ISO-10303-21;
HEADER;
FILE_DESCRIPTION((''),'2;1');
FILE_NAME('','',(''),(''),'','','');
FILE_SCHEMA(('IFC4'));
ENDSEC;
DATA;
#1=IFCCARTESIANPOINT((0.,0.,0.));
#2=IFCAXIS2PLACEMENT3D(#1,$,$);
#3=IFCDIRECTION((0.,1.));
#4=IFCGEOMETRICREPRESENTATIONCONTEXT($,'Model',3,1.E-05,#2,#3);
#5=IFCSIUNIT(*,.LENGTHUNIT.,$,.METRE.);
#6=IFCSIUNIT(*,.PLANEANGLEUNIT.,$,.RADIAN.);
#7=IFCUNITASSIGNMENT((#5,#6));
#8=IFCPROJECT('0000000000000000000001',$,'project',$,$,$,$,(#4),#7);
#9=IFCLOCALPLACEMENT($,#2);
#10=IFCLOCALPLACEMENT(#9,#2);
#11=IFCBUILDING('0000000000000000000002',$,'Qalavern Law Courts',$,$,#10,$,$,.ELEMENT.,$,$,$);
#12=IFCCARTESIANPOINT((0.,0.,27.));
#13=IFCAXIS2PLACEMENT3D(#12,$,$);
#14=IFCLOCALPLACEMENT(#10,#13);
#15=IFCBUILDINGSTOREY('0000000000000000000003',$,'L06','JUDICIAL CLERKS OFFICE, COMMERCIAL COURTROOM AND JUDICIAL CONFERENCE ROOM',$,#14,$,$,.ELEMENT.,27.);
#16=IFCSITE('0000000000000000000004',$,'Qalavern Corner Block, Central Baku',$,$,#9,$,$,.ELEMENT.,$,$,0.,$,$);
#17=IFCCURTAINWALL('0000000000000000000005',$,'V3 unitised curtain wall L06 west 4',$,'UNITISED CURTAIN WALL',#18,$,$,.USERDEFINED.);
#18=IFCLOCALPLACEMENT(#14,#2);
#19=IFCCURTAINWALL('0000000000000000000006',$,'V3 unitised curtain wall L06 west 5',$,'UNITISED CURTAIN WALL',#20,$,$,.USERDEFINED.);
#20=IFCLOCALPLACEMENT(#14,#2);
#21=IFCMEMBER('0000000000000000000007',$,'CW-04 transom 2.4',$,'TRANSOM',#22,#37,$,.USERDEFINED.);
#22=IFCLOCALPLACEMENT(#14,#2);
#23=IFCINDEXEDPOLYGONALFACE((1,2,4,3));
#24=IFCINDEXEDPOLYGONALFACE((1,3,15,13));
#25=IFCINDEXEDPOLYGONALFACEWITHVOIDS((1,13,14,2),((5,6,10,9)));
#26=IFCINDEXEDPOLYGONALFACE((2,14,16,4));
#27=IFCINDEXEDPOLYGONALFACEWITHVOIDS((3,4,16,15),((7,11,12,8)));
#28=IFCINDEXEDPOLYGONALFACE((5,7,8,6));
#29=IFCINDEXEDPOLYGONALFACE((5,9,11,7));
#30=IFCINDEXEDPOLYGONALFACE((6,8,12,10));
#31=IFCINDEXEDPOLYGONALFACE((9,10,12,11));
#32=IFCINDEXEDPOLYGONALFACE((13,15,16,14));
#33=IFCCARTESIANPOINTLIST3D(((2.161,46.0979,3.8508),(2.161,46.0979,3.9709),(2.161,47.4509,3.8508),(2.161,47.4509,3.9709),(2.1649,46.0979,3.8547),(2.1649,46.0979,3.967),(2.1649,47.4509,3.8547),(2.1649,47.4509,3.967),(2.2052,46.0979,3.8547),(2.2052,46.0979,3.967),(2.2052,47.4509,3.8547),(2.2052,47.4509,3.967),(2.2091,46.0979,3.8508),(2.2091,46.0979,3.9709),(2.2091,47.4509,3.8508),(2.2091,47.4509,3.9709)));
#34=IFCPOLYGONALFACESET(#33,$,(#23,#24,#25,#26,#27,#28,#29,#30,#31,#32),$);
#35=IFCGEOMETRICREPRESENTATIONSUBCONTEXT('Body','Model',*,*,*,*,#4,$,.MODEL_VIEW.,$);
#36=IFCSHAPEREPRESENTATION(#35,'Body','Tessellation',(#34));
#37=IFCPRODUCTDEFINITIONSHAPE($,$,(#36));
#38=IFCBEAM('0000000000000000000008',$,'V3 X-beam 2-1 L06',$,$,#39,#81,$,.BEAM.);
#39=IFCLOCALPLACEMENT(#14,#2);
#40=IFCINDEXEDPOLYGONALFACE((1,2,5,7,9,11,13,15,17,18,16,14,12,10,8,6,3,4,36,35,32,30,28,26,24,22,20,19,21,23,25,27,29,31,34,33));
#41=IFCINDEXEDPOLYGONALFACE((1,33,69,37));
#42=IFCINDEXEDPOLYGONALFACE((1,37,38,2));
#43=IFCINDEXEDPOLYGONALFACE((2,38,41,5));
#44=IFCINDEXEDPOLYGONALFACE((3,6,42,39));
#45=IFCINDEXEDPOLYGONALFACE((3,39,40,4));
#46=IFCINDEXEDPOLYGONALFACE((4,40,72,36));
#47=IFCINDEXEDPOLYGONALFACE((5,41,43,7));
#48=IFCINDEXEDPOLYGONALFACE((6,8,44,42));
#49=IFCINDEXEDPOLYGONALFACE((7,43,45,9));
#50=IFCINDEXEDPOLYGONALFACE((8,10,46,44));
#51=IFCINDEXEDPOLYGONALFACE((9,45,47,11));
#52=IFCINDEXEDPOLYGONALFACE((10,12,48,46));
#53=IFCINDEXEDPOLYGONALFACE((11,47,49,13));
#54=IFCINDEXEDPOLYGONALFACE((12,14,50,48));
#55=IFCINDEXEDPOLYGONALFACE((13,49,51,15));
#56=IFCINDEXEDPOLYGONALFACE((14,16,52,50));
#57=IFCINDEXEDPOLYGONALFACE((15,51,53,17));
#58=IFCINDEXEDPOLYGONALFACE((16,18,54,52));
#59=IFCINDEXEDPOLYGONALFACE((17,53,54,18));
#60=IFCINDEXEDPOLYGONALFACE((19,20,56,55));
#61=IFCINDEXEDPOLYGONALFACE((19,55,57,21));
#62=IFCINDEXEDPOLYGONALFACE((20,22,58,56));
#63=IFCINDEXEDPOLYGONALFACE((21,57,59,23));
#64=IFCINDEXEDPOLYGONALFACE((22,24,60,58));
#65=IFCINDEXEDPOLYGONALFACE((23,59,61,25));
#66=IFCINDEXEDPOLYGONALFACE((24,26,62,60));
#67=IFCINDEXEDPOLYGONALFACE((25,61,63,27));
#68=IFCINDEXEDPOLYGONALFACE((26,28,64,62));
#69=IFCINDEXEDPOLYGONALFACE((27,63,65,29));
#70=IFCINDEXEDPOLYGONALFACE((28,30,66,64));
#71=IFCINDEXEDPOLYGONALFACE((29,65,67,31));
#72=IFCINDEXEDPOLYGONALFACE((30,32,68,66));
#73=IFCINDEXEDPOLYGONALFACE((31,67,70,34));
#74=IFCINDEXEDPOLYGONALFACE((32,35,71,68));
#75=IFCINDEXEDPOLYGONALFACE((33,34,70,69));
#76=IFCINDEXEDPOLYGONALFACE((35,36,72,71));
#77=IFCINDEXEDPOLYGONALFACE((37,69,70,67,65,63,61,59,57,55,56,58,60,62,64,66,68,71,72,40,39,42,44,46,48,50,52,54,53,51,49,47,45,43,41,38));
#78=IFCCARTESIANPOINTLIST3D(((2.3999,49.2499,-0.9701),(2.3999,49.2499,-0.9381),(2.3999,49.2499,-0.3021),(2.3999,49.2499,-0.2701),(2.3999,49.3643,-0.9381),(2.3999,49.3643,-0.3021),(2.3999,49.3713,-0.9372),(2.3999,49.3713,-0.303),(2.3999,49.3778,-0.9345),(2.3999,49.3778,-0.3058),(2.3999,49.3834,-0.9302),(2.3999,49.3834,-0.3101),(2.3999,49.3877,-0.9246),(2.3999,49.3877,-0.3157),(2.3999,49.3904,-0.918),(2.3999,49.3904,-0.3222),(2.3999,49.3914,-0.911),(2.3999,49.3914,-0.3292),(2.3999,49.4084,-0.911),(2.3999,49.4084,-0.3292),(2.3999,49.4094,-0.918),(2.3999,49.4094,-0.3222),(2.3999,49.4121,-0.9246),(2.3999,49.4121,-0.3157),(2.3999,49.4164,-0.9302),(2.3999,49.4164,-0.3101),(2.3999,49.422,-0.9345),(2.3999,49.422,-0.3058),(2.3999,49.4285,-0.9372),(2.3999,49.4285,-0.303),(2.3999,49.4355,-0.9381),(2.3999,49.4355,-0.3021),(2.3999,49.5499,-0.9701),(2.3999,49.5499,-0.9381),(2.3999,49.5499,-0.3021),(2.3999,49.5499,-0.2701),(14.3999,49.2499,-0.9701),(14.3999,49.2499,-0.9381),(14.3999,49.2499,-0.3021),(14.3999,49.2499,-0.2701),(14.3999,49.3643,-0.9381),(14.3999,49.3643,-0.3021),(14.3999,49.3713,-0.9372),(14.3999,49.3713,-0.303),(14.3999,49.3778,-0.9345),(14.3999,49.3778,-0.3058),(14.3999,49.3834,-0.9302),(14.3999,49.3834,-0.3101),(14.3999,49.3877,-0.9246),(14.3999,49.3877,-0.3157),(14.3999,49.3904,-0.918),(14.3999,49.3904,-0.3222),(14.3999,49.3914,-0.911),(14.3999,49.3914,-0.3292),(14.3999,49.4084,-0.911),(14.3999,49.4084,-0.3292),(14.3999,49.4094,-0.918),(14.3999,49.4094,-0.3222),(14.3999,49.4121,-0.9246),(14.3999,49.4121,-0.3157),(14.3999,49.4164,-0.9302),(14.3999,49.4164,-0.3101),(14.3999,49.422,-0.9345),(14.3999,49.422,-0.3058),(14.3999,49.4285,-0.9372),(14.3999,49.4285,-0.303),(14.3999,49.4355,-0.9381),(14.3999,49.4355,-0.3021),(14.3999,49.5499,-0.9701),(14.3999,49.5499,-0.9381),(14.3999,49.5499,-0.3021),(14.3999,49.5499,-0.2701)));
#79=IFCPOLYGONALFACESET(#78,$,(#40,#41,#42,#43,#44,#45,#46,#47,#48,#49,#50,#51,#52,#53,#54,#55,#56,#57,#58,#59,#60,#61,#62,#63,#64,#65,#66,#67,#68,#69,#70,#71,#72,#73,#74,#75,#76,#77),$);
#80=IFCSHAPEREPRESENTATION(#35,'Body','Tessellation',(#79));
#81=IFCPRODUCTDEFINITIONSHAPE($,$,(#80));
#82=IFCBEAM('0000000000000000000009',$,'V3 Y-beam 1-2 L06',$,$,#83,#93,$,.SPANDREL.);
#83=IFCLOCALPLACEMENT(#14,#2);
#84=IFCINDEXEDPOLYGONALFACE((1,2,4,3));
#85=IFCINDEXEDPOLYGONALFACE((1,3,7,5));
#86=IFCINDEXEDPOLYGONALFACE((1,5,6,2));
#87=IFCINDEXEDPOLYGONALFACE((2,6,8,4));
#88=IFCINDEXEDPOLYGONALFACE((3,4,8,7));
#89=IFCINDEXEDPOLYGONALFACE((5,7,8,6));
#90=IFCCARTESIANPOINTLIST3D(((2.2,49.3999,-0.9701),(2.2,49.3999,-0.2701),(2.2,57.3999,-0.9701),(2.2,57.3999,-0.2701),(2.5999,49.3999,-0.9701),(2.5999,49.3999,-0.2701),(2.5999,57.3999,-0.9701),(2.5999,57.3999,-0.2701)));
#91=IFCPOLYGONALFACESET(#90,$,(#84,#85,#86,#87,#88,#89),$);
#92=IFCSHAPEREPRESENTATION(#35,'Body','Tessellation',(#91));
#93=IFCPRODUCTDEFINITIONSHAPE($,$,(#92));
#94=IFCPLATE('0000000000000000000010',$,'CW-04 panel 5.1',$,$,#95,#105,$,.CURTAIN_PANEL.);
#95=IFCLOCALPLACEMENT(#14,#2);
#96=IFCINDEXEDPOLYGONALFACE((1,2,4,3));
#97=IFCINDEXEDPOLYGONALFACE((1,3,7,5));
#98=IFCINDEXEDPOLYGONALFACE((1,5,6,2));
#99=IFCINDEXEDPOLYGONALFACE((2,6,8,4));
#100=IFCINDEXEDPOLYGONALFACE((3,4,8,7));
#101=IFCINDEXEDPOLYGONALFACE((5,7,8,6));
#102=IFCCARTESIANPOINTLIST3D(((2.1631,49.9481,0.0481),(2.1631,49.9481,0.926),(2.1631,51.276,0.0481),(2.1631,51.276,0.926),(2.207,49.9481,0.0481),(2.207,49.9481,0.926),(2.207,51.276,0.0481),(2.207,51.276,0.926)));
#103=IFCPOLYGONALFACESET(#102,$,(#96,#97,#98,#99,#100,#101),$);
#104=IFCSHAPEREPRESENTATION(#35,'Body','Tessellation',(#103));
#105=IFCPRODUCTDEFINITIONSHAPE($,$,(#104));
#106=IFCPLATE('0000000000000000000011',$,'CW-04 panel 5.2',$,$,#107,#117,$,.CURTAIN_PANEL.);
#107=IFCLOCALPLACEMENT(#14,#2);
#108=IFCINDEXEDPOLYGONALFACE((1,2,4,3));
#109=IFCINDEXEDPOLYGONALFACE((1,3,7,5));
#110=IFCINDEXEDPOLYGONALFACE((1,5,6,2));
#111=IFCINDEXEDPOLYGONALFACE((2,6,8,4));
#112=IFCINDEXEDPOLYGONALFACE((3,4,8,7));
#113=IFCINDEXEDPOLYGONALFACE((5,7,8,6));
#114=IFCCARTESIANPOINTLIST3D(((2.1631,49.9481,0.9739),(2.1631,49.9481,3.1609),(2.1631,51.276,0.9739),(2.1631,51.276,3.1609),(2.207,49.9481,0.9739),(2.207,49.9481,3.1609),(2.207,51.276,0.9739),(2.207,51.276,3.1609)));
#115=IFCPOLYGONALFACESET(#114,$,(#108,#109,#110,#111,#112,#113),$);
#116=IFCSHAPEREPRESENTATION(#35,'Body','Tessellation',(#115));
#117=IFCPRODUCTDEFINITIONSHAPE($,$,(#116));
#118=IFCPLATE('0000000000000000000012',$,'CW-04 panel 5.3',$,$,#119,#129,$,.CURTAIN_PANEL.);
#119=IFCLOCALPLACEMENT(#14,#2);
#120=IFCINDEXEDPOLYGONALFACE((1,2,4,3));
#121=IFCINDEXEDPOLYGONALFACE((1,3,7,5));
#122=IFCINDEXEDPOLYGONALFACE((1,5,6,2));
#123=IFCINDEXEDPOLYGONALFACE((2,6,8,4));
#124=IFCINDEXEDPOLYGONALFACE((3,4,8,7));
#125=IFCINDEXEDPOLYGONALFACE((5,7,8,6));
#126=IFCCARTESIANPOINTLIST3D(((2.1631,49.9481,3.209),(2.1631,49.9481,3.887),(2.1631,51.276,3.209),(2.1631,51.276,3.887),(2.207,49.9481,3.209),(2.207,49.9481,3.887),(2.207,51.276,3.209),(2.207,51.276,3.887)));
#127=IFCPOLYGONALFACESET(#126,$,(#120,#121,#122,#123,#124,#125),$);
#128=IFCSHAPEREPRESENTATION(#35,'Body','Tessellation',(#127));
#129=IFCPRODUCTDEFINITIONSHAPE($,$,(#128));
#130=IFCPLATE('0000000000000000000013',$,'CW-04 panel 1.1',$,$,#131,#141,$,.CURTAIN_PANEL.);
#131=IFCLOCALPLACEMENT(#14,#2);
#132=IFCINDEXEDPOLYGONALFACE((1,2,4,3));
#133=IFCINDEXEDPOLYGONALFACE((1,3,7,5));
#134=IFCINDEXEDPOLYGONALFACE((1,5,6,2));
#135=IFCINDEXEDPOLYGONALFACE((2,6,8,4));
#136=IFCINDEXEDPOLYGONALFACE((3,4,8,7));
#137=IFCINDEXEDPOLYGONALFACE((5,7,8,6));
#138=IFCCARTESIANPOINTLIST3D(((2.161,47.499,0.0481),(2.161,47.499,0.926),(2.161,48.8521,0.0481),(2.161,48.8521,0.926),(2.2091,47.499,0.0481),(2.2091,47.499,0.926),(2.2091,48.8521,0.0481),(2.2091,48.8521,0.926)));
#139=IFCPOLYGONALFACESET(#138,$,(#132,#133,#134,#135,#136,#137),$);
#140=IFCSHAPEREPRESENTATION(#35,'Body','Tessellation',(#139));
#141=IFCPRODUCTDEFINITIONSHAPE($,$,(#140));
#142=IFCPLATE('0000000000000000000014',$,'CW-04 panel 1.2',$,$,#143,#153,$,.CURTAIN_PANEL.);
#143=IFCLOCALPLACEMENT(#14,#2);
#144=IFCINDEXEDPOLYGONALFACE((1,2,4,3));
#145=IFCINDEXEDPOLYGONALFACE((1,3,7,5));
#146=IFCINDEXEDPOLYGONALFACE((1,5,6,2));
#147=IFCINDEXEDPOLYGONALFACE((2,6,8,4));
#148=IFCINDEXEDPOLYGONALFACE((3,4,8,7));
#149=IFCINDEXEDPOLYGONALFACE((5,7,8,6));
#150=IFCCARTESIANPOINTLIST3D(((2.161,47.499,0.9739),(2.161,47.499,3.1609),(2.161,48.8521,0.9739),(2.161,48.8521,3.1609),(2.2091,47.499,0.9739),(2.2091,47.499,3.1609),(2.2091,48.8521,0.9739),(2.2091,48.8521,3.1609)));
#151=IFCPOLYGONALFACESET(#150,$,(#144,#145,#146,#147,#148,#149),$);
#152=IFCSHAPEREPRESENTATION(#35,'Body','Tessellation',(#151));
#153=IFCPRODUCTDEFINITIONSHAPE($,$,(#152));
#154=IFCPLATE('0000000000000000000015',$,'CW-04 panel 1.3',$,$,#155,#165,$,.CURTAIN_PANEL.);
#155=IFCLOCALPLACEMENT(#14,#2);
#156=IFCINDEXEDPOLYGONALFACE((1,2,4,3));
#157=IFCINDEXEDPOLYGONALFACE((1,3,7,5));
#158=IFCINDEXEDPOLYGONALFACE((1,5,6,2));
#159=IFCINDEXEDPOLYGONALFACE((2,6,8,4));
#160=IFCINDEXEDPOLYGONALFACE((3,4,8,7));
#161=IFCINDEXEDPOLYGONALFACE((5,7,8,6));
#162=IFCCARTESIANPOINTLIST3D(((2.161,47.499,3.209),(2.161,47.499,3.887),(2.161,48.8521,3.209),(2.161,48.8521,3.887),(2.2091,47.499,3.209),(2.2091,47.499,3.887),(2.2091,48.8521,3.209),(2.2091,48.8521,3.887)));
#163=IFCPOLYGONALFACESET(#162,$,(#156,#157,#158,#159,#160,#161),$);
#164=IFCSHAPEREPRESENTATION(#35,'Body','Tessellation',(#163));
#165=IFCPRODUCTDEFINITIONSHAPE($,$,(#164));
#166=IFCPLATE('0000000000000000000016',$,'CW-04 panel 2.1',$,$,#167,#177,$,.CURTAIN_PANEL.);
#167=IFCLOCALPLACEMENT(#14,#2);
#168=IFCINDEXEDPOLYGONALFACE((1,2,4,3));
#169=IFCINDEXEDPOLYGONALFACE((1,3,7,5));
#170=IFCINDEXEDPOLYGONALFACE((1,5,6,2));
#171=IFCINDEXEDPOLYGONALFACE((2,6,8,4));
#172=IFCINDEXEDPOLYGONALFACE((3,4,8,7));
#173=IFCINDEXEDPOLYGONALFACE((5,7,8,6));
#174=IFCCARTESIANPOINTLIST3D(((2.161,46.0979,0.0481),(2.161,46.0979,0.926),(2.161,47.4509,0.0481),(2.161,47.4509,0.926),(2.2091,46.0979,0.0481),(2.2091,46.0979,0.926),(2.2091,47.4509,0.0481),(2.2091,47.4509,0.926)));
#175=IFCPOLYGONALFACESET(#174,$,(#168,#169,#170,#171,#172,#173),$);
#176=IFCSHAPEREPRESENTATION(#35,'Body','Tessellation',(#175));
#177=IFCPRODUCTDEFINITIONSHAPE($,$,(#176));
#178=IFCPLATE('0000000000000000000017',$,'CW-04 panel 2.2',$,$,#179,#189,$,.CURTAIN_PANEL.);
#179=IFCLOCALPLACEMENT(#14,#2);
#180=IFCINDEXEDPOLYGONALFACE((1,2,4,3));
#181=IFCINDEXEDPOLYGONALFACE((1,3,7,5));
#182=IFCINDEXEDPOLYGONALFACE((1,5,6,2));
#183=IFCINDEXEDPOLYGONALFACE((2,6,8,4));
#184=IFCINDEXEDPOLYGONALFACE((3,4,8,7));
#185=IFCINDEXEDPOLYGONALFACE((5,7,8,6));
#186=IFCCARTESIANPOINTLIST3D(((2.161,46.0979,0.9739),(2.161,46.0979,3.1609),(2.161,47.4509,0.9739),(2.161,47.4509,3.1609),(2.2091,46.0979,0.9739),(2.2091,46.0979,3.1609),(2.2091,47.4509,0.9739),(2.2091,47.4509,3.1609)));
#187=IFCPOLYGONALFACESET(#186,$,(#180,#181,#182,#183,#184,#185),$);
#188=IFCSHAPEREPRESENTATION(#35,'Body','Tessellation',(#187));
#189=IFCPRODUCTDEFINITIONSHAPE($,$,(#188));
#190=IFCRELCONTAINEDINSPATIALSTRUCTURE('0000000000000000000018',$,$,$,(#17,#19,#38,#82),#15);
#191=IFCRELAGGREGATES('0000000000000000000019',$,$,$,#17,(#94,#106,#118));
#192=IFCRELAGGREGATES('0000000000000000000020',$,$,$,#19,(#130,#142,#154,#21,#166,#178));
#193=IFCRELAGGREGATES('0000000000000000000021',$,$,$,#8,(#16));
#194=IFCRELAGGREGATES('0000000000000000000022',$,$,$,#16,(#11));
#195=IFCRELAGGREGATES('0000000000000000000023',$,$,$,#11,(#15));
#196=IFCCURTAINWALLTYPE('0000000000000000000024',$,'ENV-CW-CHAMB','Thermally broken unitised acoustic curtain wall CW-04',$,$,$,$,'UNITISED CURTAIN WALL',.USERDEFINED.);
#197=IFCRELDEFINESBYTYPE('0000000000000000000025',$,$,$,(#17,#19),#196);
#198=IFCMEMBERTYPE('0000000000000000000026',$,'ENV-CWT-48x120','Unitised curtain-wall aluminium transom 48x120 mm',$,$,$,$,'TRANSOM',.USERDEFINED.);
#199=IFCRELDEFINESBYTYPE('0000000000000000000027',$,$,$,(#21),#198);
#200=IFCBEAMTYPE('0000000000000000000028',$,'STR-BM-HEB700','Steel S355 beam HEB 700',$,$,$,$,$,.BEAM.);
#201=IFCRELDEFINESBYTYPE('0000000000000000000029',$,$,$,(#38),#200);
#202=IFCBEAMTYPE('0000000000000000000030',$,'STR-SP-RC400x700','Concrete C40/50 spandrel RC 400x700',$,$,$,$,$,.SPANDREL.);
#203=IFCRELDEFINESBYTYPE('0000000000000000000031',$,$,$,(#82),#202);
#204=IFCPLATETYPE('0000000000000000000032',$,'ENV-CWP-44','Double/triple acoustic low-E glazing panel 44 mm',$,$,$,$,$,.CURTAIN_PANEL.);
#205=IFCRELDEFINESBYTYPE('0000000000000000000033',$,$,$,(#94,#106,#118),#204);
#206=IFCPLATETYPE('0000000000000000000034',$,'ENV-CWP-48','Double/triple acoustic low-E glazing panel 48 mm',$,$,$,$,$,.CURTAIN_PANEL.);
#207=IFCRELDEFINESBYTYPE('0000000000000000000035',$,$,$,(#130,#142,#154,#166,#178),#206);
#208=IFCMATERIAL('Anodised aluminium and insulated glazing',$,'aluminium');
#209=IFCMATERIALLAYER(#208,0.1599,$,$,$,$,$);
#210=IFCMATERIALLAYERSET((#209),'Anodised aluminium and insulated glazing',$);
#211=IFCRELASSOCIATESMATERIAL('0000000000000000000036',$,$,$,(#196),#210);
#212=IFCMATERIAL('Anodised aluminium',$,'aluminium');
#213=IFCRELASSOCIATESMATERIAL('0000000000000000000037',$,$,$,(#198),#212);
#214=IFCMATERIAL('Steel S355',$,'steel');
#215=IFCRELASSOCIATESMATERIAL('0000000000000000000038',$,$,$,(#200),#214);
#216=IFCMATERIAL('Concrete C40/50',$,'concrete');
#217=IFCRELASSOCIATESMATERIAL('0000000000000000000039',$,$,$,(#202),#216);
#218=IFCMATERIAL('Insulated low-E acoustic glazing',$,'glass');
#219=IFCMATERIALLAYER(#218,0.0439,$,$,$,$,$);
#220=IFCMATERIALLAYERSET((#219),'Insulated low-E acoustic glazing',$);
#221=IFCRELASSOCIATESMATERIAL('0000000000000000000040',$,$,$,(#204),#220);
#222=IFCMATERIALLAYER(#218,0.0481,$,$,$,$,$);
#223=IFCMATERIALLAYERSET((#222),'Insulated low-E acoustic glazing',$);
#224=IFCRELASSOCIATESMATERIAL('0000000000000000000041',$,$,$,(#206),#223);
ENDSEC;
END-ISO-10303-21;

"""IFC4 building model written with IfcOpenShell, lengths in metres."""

from ifc_helpers import new_model, si_unit, direction, frame, origin, origin_2d, place, context, subcontext, project, spatial, rectangle, hollow_rectangle, i_section, extrude, material, layer, layer_set, material_profile, profile_set, type_object, element, aggregate, save


model = new_model("IFC4")

# Units and contexts
model_context = context("Model", 3, precision=1e-05, world=origin(), true_north=direction((0.0, 1.0)))
body_context = subcontext(model_context, "Body", "Model", "MODEL_VIEW")
ifc_project = project(units=[si_unit("LENGTHUNIT", "METRE"), si_unit("PLANEANGLEUNIT", "RADIAN")], contexts=[model_context])

# Site, building, storey
site_placement = place(None, origin())
site = spatial("IfcSite", under=ifc_project, at=site_placement, Name="Qalavern Corner Block, Central Baku", CompositionType="ELEMENT", RefElevation=0.0)
building_placement = place(site_placement, origin())
building = spatial("IfcBuilding", under=site, at=building_placement, Name="Qalavern Law Courts", CompositionType="ELEMENT")
storey_placement = place(building_placement, frame((0.0, 0.0, 27.0)))
storey = spatial("IfcBuildingStorey", under=building, at=storey_placement, Name="L06", Description="JUDICIAL CLERKS OFFICE, COMMERCIAL COURTROOM AND JUDICIAL CONFERENCE ROOM", CompositionType="ELEMENT", Elevation=27.0)

# Curtain wall
ifc_material_1 = material(Name="Anodised aluminium and insulated glazing", Category="aluminium")
ifc_layer_1 = layer(ifc_material_1, 0.1599)
ifc_layer_set_1 = layer_set([ifc_layer_1], Name="Anodised aluminium and insulated glazing")
curtain_wall_type = type_object("IfcCurtainWallType", Name="ENV-CW-CHAMB", Description="Thermally broken unitised acoustic curtain wall CW-04", ElementType="UNITISED CURTAIN WALL", PredefinedType="USERDEFINED", material=ifc_layer_set_1)
curtain_wall_1_placement = place(storey_placement, origin())
curtain_wall_1 = element("IfcCurtainWall", 1, at=curtain_wall_1_placement, inside=storey, type_object=curtain_wall_type, Name="V3 unitised curtain wall L06 west 4", ObjectType="UNITISED CURTAIN WALL", PredefinedType="USERDEFINED")
ifc_material_2 = material(Name="Anodised aluminium", Category="aluminium")

# Curtain wall, member
curtain_wall_2_placement = place(storey_placement, origin())
curtain_wall_2 = element("IfcCurtainWall", 2, at=curtain_wall_2_placement, inside=storey, type_object=curtain_wall_type, Name="V3 unitised curtain wall L06 west 5", ObjectType="UNITISED CURTAIN WALL", PredefinedType="USERDEFINED")
ifc_material_profile_1 = material_profile(ifc_material_2, hollow_rectangle(XDim=0.0481, YDim=0.1201, WallThickness=0.0039, at=origin_2d()), Name="ALU TRANSOM 48x120")
ifc_profile_set_1 = profile_set([ifc_material_profile_1], Name="Anodised aluminium")
member_type_1 = type_object("IfcMemberType", Name="ENV-CWT-48x120", Description="Unitised curtain-wall aluminium transom 48x120 mm", ElementType="TRANSOM", PredefinedType="USERDEFINED", material=ifc_profile_set_1)
member_1_placement = place(storey_placement, frame((2.1851, 47.4509, 3.9109), z_axis=(0.0, -1.0, 0.0), x_axis=(1.0, 0.0, 0.0)))
member_1 = element("IfcMember", 3, at=member_1_placement, type_object=member_type_1, Name="CW-04 transom 2.4", ObjectType="TRANSOM", PredefinedType="USERDEFINED", context=body_context, shape_type="SweptSolid", body=[
    extrude(hollow_rectangle(XDim=0.0481, YDim=0.1201, WallThickness=0.0039, at=origin_2d()), origin(), (0.0, 0.0, 1.0), 1.353),
])

# Beams
ifc_material_3 = material(Name="Steel S355", Category="steel")
ifc_material_profile_2 = material_profile(ifc_material_3, i_section(OverallWidth=0.3, OverallDepth=0.7, WebThickness=0.0171, FlangeThickness=0.032, FilletRadius=0.0271, at=origin_2d()), Name="HEB 700")
ifc_profile_set_2 = profile_set([ifc_material_profile_2], Name="Steel S355")
beam_type_1 = type_object("IfcBeamType", Name="STR-BM-HEB700", Description="Steel S355 beam HEB 700", PredefinedType="BEAM", material=ifc_profile_set_2)
beam_1_placement = place(storey_placement, frame((2.3999, 49.3999, -0.6201), z_axis=(1.0, 0.0, 0.0), x_axis=(0.0, 1.0, 0.0)))
element("IfcBeam", 4, at=beam_1_placement, inside=storey, type_object=beam_type_1, Name="V3 X-beam 2-1 L06", PredefinedType="BEAM", context=body_context, shape_type="SweptSolid", body=[
    extrude(i_section(OverallWidth=0.3, OverallDepth=0.7, WebThickness=0.0171, FlangeThickness=0.032, FilletRadius=0.0271, at=origin_2d()), origin(), (0.0, 0.0, 1.0), 12.0),
])
ifc_material_4 = material(Name="Concrete C40/50", Category="concrete")
ifc_material_profile_3 = material_profile(ifc_material_4, rectangle(XDim=0.3999, YDim=0.7, at=origin_2d()), Name="RC 400x700")
ifc_profile_set_3 = profile_set([ifc_material_profile_3], Name="Concrete C40/50")
beam_type_2 = type_object("IfcBeamType", Name="STR-SP-RC400x700", Description="Concrete C40/50 spandrel RC 400x700", PredefinedType="SPANDREL", material=ifc_profile_set_3)
beam_2_placement = place(storey_placement, frame((2.3999, 49.3999, -0.6201), z_axis=(0.0, 1.0, 0.0), x_axis=(-1.0, 0.0, 0.0)))
element("IfcBeam", 5, at=beam_2_placement, inside=storey, type_object=beam_type_2, Name="V3 Y-beam 1-2 L06", PredefinedType="SPANDREL", context=body_context, shape_type="SweptSolid", body=[
    extrude(rectangle(XDim=0.3999, YDim=0.7, at=origin_2d()), origin(), (0.0, 0.0, 1.0), 8.0),
])

# Plates
ifc_material_5 = material(Name="Insulated low-E acoustic glazing", Category="glass")
ifc_layer_2 = layer(ifc_material_5, 0.0439)
ifc_layer_set_2 = layer_set([ifc_layer_2], Name="Insulated low-E acoustic glazing")
plate_type_1 = type_object("IfcPlateType", Name="ENV-CWP-44", Description="Double/triple acoustic low-E glazing panel 44 mm", PredefinedType="CURTAIN_PANEL", material=ifc_layer_set_2)
plate_1_placement = place(storey_placement, frame((2.1851, 50.6121, 0.0481), z_axis=(0.0, 0.0, 1.0), x_axis=(0.0, -1.0, 0.0)))
plate_1 = element("IfcPlate", 6, at=plate_1_placement, type_object=plate_type_1, Name="CW-04 panel 5.1", PredefinedType="CURTAIN_PANEL", context=body_context, shape_type="SweptSolid", body=[
    extrude(rectangle(XDim=1.3279, YDim=0.0439, at=origin_2d()), origin(), (0.0, 0.0, 1.0), 0.8779),
])
plate_2_placement = place(storey_placement, frame((2.1851, 50.6121, 0.9739), z_axis=(0.0, 0.0, 1.0), x_axis=(0.0, -1.0, 0.0)))
plate_2 = element("IfcPlate", 7, at=plate_2_placement, type_object=plate_type_1, Name="CW-04 panel 5.2", PredefinedType="CURTAIN_PANEL", context=body_context, shape_type="SweptSolid", body=[
    extrude(rectangle(XDim=1.3279, YDim=0.0439, at=origin_2d()), origin(), (0.0, 0.0, 1.0), 2.187),
])
plate_3_placement = place(storey_placement, frame((2.1851, 50.6121, 3.209), z_axis=(0.0, 0.0, 1.0), x_axis=(0.0, -1.0, 0.0)))
plate_3 = element("IfcPlate", 8, at=plate_3_placement, type_object=plate_type_1, Name="CW-04 panel 5.3", PredefinedType="CURTAIN_PANEL", context=body_context, shape_type="SweptSolid", body=[
    extrude(rectangle(XDim=1.3279, YDim=0.0439, at=origin_2d()), origin(), (0.0, 0.0, 1.0), 0.678),
])
aggregate(curtain_wall_1, [plate_1, plate_2, plate_3])
ifc_layer_3 = layer(ifc_material_5, 0.0481)
ifc_layer_set_3 = layer_set([ifc_layer_3], Name="Insulated low-E acoustic glazing")
plate_type_2 = type_object("IfcPlateType", Name="ENV-CWP-48", Description="Double/triple acoustic low-E glazing panel 48 mm", PredefinedType="CURTAIN_PANEL", material=ifc_layer_set_3)
plate_4_placement = place(storey_placement, frame((2.1851, 48.1755, 0.0481), z_axis=(0.0, 0.0, 1.0), x_axis=(0.0, -1.0, 0.0)))
plate_4 = element("IfcPlate", 9, at=plate_4_placement, type_object=plate_type_2, Name="CW-04 panel 1.1", PredefinedType="CURTAIN_PANEL", context=body_context, shape_type="SweptSolid", body=[
    extrude(rectangle(XDim=1.353, YDim=0.0481, at=origin_2d()), origin(), (0.0, 0.0, 1.0), 0.8779),
])
plate_5_placement = place(storey_placement, frame((2.1851, 48.1755, 0.9739), z_axis=(0.0, 0.0, 1.0), x_axis=(0.0, -1.0, 0.0)))
plate_5 = element("IfcPlate", 10, at=plate_5_placement, type_object=plate_type_2, Name="CW-04 panel 1.2", PredefinedType="CURTAIN_PANEL", context=body_context, shape_type="SweptSolid", body=[
    extrude(rectangle(XDim=1.353, YDim=0.0481, at=origin_2d()), origin(), (0.0, 0.0, 1.0), 2.187),
])
plate_6_placement = place(storey_placement, frame((2.1851, 48.1755, 3.209), z_axis=(0.0, 0.0, 1.0), x_axis=(0.0, -1.0, 0.0)))
plate_6 = element("IfcPlate", 11, at=plate_6_placement, type_object=plate_type_2, Name="CW-04 panel 1.3", PredefinedType="CURTAIN_PANEL", context=body_context, shape_type="SweptSolid", body=[
    extrude(rectangle(XDim=1.353, YDim=0.0481, at=origin_2d()), origin(), (0.0, 0.0, 1.0), 0.678),
])
plate_7_placement = place(storey_placement, frame((2.1851, 46.7744, 0.0481), z_axis=(0.0, 0.0, 1.0), x_axis=(0.0, -1.0, 0.0)))
plate_7 = element("IfcPlate", 12, at=plate_7_placement, type_object=plate_type_2, Name="CW-04 panel 2.1", PredefinedType="CURTAIN_PANEL", context=body_context, shape_type="SweptSolid", body=[
    extrude(rectangle(XDim=1.353, YDim=0.0481, at=origin_2d()), origin(), (0.0, 0.0, 1.0), 0.8779),
])
plate_8_placement = place(storey_placement, frame((2.1851, 46.7744, 0.9739), z_axis=(0.0, 0.0, 1.0), x_axis=(0.0, -1.0, 0.0)))
plate_8 = element("IfcPlate", 13, at=plate_8_placement, type_object=plate_type_2, Name="CW-04 panel 2.2", PredefinedType="CURTAIN_PANEL", context=body_context, shape_type="SweptSolid", body=[
    extrude(rectangle(XDim=1.353, YDim=0.0481, at=origin_2d()), origin(), (0.0, 0.0, 1.0), 2.187),
])
aggregate(curtain_wall_2, [plate_4, plate_5, plate_6, member_1, plate_7, plate_8])

save(model, "model.ifc")
